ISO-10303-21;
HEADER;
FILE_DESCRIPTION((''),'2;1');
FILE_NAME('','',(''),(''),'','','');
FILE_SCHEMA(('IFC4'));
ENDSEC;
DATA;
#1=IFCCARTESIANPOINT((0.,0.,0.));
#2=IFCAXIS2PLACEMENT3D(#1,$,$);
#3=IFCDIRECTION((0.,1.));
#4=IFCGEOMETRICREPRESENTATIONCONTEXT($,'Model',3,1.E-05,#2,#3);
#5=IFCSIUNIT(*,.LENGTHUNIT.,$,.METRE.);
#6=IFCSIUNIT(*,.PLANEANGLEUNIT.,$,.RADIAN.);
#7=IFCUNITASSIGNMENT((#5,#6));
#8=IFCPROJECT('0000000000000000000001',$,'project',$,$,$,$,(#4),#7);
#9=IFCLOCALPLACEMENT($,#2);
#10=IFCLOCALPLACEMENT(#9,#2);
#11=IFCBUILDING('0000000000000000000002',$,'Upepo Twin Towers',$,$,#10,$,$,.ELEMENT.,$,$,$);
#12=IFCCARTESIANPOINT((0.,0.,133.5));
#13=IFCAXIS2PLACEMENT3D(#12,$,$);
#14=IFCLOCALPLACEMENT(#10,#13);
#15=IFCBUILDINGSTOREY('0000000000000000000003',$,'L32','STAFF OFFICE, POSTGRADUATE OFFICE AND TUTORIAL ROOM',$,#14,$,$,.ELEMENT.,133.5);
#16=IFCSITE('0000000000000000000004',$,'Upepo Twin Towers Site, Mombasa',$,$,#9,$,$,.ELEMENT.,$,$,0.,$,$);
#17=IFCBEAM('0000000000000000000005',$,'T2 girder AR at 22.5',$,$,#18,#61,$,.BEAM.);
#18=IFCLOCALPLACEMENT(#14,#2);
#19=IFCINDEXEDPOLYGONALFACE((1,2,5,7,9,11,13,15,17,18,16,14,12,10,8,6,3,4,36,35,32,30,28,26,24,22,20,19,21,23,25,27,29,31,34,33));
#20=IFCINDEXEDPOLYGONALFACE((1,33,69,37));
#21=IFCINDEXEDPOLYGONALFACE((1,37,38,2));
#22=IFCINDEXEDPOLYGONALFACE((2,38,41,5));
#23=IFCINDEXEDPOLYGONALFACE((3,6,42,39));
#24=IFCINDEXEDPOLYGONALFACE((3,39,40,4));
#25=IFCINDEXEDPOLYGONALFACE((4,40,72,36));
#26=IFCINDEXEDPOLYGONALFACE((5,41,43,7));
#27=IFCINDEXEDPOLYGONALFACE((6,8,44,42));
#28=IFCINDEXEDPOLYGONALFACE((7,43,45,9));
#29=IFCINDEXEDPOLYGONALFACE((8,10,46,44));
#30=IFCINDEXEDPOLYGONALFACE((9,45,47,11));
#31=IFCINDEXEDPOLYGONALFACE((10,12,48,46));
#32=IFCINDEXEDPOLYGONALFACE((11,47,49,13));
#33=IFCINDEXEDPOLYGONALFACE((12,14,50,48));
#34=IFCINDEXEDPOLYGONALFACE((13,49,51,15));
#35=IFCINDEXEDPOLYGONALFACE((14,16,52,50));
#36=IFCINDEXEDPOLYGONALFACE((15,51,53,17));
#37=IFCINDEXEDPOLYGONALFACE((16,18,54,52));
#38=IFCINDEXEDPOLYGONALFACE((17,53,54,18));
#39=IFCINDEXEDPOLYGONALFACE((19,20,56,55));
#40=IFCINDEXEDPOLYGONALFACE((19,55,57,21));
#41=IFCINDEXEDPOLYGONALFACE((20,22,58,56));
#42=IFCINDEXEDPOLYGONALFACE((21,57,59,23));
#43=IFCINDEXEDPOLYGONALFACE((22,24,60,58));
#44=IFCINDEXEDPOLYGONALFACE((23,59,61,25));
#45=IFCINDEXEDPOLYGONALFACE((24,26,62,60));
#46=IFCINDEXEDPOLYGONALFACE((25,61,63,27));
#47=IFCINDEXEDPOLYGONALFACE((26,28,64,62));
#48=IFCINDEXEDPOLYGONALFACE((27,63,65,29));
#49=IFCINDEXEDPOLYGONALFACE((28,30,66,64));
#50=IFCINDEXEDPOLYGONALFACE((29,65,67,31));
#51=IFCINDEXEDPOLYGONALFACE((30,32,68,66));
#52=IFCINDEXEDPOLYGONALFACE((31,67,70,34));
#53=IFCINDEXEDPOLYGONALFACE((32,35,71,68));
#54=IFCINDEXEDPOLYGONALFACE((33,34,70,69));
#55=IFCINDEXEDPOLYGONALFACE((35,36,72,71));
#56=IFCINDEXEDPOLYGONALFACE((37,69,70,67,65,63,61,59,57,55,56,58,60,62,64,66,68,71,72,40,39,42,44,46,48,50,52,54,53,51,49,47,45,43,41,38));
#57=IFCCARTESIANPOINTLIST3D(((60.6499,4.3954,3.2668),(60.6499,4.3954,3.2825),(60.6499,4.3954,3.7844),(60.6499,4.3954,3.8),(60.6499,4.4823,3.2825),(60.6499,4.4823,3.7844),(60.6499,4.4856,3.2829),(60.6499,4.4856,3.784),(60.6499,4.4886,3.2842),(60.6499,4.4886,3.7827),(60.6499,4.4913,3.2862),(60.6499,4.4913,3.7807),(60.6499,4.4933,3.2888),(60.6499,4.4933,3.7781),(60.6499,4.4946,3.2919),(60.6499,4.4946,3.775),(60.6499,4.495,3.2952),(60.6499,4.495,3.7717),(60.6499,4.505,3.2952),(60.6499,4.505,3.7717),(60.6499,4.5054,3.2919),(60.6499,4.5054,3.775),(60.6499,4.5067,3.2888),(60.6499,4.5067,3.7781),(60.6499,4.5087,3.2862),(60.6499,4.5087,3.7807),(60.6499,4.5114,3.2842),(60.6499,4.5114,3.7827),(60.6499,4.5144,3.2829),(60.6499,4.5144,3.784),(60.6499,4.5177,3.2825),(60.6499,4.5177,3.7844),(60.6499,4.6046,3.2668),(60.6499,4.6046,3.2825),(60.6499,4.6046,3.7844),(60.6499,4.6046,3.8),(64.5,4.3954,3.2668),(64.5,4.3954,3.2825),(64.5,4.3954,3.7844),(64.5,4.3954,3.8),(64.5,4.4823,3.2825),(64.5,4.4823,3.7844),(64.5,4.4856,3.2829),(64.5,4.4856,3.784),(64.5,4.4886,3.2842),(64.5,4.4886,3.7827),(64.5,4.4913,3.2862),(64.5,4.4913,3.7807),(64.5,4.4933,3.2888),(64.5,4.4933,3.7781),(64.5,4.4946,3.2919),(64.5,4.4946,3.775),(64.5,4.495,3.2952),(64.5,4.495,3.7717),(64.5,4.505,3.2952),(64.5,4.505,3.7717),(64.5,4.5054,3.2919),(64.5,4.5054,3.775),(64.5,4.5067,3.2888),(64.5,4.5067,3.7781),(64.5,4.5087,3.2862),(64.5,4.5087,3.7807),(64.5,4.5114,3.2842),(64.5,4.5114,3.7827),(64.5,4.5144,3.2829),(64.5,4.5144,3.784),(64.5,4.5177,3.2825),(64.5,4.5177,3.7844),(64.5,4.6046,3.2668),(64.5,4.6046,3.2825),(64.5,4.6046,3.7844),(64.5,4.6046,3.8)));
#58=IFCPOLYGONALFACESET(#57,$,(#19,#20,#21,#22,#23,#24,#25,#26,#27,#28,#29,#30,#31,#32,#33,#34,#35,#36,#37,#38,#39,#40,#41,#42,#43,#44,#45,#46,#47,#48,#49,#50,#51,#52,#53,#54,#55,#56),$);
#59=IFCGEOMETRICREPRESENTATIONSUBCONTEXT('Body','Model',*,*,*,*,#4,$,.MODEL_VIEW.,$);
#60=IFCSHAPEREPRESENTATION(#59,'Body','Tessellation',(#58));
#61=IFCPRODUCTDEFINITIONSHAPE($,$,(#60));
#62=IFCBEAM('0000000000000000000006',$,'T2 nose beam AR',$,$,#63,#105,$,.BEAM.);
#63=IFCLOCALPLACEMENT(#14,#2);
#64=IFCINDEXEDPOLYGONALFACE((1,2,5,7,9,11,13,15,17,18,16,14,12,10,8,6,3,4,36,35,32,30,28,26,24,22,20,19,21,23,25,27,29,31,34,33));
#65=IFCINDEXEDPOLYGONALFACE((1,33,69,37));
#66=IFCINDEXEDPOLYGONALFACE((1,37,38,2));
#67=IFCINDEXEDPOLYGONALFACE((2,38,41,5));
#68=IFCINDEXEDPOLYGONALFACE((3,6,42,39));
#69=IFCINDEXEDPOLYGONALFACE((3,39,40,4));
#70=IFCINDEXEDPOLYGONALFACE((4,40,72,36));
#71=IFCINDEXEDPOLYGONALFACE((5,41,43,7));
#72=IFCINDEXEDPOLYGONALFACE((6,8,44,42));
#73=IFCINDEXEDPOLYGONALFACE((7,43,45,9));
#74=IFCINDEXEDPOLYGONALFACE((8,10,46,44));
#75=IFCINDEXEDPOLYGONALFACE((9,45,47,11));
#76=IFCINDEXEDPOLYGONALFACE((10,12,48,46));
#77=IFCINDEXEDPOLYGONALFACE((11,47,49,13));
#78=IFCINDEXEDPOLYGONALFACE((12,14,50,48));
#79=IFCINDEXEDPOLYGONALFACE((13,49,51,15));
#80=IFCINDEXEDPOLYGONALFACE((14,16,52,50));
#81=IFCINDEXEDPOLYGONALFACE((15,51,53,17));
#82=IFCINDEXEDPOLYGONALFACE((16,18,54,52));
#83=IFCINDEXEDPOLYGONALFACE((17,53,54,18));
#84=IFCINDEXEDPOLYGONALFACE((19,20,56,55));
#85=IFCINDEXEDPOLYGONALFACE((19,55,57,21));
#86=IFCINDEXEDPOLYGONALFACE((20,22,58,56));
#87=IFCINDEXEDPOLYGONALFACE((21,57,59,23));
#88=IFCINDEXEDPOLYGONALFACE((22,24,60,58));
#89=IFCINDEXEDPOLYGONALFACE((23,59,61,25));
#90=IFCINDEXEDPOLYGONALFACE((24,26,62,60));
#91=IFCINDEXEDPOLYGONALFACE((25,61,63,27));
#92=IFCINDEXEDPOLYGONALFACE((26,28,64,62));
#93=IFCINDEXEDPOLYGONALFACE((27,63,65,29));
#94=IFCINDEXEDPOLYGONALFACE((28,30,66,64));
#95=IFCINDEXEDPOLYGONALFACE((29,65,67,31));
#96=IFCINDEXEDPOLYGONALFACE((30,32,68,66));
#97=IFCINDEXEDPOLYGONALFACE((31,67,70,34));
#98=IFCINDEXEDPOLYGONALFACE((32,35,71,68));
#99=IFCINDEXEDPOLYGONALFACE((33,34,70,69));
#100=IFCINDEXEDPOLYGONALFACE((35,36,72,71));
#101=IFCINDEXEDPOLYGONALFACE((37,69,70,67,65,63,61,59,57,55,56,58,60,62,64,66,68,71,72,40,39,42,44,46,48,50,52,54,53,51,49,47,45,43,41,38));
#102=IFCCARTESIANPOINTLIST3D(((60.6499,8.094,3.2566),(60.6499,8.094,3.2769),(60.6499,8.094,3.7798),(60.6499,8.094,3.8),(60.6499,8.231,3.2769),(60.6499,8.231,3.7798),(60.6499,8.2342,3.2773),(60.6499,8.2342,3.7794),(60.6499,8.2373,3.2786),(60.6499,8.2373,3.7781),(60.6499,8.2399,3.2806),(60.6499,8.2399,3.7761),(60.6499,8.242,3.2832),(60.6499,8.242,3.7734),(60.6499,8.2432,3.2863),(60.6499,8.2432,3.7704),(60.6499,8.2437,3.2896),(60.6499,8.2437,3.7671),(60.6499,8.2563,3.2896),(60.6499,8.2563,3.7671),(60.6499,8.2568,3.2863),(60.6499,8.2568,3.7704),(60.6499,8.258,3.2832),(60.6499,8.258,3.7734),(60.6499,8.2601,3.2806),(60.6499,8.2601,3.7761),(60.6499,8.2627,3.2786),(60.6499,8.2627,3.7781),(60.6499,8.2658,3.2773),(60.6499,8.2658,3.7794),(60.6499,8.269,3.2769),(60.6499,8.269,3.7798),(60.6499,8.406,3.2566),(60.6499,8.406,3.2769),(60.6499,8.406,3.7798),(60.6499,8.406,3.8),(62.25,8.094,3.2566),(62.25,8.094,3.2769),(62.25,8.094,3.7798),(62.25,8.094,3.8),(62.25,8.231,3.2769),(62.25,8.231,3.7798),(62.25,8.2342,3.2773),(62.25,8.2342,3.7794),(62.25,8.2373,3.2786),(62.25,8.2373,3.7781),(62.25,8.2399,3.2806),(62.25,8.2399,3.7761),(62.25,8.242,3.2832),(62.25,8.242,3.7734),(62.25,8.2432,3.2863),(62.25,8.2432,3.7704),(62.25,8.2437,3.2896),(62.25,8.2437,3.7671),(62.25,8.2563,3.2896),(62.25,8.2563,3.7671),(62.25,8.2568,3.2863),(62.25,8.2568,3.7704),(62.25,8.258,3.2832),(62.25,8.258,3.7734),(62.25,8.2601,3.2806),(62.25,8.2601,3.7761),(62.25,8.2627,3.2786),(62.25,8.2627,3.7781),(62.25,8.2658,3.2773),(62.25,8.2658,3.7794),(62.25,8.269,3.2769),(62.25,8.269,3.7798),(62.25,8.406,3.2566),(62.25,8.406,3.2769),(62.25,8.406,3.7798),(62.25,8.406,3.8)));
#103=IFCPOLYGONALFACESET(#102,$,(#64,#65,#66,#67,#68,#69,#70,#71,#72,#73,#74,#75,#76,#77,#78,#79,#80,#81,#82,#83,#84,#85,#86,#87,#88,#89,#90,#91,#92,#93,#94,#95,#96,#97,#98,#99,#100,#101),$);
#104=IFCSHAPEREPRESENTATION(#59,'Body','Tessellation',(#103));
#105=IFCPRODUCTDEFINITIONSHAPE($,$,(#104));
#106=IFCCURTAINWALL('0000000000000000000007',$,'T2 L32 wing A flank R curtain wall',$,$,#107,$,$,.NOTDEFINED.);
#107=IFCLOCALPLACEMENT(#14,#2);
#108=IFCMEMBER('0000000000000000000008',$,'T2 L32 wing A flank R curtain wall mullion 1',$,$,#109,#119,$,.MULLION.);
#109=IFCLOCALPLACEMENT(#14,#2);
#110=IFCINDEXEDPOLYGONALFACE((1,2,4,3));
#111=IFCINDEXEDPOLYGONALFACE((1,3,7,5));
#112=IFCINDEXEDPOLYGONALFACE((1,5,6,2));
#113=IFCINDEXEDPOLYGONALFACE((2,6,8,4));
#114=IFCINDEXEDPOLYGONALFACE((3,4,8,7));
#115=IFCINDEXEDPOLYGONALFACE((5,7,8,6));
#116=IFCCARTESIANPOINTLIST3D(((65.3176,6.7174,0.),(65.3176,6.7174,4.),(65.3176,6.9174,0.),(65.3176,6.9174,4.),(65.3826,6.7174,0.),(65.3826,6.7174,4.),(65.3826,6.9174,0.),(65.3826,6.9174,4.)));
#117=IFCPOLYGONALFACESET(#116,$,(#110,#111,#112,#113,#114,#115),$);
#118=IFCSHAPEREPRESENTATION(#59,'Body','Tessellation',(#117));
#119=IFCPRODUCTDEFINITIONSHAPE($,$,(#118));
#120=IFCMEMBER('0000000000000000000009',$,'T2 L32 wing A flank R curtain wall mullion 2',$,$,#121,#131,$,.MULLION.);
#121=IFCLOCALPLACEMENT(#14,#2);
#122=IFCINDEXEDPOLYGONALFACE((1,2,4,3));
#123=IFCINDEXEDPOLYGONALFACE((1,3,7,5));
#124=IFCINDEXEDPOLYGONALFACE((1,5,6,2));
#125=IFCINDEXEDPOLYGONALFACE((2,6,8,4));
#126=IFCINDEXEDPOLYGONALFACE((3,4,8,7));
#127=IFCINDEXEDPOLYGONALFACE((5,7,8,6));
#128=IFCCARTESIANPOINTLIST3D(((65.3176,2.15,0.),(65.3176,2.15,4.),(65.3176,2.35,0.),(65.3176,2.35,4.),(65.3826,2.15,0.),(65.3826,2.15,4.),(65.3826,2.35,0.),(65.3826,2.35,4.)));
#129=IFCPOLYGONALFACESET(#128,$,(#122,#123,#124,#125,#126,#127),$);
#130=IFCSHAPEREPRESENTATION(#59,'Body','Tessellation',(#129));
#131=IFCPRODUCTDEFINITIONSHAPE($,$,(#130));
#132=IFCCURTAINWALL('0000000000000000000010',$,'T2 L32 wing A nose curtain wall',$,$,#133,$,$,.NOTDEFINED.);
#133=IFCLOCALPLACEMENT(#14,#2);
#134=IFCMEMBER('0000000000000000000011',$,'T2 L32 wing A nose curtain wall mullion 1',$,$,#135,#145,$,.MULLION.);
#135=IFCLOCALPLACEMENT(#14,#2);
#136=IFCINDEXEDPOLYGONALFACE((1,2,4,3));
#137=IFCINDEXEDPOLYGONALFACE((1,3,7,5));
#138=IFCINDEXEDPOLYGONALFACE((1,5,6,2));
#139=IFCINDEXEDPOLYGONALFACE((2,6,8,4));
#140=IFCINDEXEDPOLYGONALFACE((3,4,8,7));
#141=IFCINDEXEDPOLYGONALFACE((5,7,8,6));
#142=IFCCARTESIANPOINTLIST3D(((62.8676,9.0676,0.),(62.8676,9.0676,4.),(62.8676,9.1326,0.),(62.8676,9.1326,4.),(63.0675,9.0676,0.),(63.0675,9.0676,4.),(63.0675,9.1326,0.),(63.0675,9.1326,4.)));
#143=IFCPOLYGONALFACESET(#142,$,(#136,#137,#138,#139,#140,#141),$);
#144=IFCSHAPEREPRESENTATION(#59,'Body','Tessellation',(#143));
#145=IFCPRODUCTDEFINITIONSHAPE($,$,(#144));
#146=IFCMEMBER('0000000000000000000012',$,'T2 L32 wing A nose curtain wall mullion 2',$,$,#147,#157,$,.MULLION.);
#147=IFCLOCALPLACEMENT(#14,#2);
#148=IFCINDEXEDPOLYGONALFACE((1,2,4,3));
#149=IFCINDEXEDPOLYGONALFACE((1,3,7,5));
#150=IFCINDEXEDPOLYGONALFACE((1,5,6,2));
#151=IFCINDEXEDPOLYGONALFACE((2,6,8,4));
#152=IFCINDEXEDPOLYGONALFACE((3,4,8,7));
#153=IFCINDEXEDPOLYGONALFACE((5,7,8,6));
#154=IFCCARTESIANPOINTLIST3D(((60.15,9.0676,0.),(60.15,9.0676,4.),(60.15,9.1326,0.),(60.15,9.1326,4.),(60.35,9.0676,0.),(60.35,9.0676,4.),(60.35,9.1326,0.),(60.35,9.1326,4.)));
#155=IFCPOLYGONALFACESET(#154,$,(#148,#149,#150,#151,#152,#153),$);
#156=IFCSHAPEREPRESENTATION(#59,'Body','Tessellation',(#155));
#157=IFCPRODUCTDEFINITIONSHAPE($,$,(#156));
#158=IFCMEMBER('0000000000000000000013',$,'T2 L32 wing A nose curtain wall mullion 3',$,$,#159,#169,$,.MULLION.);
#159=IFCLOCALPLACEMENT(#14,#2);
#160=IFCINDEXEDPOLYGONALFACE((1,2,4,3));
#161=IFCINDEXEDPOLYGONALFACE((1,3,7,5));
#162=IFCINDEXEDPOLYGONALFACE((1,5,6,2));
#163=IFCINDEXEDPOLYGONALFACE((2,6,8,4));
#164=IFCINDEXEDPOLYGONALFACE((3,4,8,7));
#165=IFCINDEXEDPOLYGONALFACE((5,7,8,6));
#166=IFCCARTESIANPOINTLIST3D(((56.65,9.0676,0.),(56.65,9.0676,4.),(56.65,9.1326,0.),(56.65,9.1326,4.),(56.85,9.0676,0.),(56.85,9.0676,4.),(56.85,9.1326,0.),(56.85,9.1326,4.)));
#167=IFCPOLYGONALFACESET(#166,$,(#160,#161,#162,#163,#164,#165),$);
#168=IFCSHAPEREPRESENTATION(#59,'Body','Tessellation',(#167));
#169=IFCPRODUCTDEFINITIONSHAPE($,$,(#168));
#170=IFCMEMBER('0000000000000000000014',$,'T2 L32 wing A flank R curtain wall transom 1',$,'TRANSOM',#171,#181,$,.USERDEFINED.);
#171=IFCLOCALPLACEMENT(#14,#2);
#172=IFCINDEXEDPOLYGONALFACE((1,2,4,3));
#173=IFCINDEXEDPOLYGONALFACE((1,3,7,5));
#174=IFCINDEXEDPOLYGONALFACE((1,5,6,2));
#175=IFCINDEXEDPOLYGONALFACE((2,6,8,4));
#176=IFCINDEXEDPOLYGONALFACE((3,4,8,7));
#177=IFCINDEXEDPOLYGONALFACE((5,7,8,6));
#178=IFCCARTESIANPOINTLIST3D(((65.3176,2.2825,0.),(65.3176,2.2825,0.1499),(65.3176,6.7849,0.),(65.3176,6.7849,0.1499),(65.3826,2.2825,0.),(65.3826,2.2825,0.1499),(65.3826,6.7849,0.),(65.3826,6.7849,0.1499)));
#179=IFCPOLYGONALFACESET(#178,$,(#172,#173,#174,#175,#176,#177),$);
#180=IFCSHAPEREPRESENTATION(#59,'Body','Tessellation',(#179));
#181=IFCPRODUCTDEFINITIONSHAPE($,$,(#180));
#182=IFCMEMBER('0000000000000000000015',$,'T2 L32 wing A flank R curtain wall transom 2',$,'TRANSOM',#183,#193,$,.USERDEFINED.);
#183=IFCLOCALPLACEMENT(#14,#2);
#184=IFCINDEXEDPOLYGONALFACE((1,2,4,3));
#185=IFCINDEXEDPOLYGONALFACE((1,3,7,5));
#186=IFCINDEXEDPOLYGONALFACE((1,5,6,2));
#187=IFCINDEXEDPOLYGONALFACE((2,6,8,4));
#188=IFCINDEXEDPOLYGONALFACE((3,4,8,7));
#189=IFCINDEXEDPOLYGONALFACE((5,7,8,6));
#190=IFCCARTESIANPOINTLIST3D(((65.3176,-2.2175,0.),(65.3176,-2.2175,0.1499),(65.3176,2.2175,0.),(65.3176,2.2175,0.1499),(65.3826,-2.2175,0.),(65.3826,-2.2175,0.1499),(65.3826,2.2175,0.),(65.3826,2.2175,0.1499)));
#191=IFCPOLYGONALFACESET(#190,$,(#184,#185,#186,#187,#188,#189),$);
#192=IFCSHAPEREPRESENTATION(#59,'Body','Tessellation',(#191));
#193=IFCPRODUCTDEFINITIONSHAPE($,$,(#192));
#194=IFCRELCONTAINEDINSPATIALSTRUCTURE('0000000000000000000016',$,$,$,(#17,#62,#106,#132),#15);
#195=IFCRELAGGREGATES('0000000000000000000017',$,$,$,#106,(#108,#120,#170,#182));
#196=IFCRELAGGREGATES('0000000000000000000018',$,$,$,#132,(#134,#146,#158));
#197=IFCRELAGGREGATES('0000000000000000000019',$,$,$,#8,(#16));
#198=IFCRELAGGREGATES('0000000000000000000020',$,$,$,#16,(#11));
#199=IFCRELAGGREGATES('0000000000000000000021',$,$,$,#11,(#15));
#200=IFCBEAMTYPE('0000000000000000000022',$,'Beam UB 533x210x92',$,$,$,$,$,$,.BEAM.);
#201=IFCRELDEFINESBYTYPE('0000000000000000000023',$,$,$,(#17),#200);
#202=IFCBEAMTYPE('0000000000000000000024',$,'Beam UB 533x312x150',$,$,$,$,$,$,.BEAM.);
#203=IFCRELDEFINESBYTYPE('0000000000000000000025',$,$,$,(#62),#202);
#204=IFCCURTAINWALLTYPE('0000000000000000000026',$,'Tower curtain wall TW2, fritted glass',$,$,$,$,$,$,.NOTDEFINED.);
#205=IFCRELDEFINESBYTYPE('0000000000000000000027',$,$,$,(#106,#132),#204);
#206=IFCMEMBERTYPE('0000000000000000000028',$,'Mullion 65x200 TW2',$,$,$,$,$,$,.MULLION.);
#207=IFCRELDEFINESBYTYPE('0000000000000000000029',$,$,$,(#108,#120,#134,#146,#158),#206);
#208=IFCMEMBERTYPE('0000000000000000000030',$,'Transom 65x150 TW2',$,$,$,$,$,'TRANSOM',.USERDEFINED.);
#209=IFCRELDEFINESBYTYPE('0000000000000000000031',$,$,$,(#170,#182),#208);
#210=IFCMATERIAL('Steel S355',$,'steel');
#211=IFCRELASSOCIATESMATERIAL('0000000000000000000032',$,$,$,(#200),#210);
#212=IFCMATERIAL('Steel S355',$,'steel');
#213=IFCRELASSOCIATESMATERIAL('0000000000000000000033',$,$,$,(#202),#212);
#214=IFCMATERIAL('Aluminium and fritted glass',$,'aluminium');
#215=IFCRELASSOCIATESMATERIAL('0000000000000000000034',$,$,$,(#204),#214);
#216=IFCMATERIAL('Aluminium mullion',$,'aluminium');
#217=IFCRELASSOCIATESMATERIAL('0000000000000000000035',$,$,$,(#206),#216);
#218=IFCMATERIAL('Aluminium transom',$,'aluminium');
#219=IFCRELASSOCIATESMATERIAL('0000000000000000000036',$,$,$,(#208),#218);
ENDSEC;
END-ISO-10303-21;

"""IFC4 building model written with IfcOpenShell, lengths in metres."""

from ifc_helpers import new_model, si_unit, direction, frame, origin, origin_2d, place, context, subcontext, project, spatial, rectangle, i_section, extrude, material, material_profile, profile_set, type_object, element, aggregate, save


model = new_model("IFC4")

# Units and contexts
model_context = context("Model", 3, precision=1e-05, world=origin(), true_north=direction((0.0, 1.0)))
body_context = subcontext(model_context, "Body", "Model", "MODEL_VIEW")
ifc_project = project(units=[si_unit("LENGTHUNIT", "METRE"), si_unit("PLANEANGLEUNIT", "RADIAN")], contexts=[model_context])

# Site, building, storey
site_placement = place(None, origin())
site = spatial("IfcSite", under=ifc_project, at=site_placement, Name="Upepo Twin Towers Site, Mombasa", CompositionType="ELEMENT", RefElevation=0.0)
building_placement = place(site_placement, origin())
building = spatial("IfcBuilding", under=site, at=building_placement, Name="Upepo Twin Towers", CompositionType="ELEMENT")
storey_placement = place(building_placement, frame((0.0, 0.0, 133.5)))
storey = spatial("IfcBuildingStorey", under=building, at=storey_placement, Name="L32", Description="STAFF OFFICE, POSTGRADUATE OFFICE AND TUTORIAL ROOM", CompositionType="ELEMENT", Elevation=133.5)

# Beams
ifc_material_1 = material(Name="Steel S355", Category="steel")
ifc_material_profile_1 = material_profile(ifc_material_1, i_section(OverallWidth=0.2092, OverallDepth=0.5332, WebThickness=0.01, FlangeThickness=0.0156, FilletRadius=0.0127, at=origin_2d()), Name="UB 533x210x92")
ifc_profile_set_1 = profile_set([ifc_material_profile_1], Name="Steel S355")
beam_type_1 = type_object("IfcBeamType", Name="Beam UB 533x210x92", PredefinedType="BEAM", material=ifc_profile_set_1)
for number, where, z_axis, x_axis, name in (
    (1, (64.5, 4.5, 3.5334), (-1.0, 0.0, 0.0), (0.0, -1.0, 0.0), "T2 girder AR at 22.5"),
):
    element("IfcBeam", number, at=place(storey_placement, frame(where, z_axis=z_axis, x_axis=x_axis)), inside=storey, type_object=beam_type_1, Name=name, PredefinedType="BEAM", context=body_context, shape_type="SweptSolid", body=[
        extrude(i_section(OverallWidth=0.2092, OverallDepth=0.5332, WebThickness=0.01, FlangeThickness=0.0156, FilletRadius=0.0127, at=origin_2d()), origin(), (0.0, 0.0, 1.0), 3.8501),
    ])
ifc_material_2 = material(Name="Steel S355", Category="steel")
ifc_material_profile_2 = material_profile(ifc_material_2, i_section(OverallWidth=0.312, OverallDepth=0.5435, WebThickness=0.0127, FlangeThickness=0.0203, FilletRadius=0.0127, at=origin_2d()), Name="UB 533x312x150")
ifc_profile_set_2 = profile_set([ifc_material_profile_2], Name="Steel S355")
beam_type_2 = type_object("IfcBeamType", Name="Beam UB 533x312x150", PredefinedType="BEAM", material=ifc_profile_set_2)
beam_1_placement = place(storey_placement, frame((62.25, 8.25, 3.5283), z_axis=(-1.0, 0.0, 0.0), x_axis=(0.0, -1.0, 0.0)))
element("IfcBeam", 2, at=beam_1_placement, inside=storey, type_object=beam_type_2, Name="T2 nose beam AR", PredefinedType="BEAM", context=body_context, shape_type="SweptSolid", body=[
    extrude(i_section(OverallWidth=0.312, OverallDepth=0.5435, WebThickness=0.0127, FlangeThickness=0.0203, FilletRadius=0.0127, at=origin_2d()), origin(), (0.0, 0.0, 1.0), 1.6001),
])

# Curtain walls, members
ifc_material_3 = material(Name="Aluminium and fritted glass", Category="aluminium")
curtain_wall_type = type_object("IfcCurtainWallType", Name="Tower curtain wall TW2, fritted glass", PredefinedType="NOTDEFINED", material=ifc_material_3)
curtain_wall_1_placement = place(storey_placement, origin())
curtain_wall_1 = element("IfcCurtainWall", 3, at=curtain_wall_1_placement, inside=storey, type_object=curtain_wall_type, Name="T2 L32 wing A flank R curtain wall", PredefinedType="NOTDEFINED")
ifc_material_4 = material(Name="Aluminium mullion", Category="aluminium")
ifc_material_profile_3 = material_profile(ifc_material_4, rectangle(XDim=0.0649, YDim=0.2, at=origin_2d()), Name="MULLION 65x200")
ifc_profile_set_3 = profile_set([ifc_material_profile_3], Name="Aluminium mullion")
member_type_1 = type_object("IfcMemberType", Name="Mullion 65x200 TW2", PredefinedType="MULLION", material=ifc_profile_set_3)
member_1_placement = place(storey_placement, frame((65.3501, 6.8174, 0.0), z_axis=(0.0, 0.0, 1.0), x_axis=(1.0, 0.0, 0.0)))
member_1 = element("IfcMember", 4, at=member_1_placement, type_object=member_type_1, Name="T2 L32 wing A flank R curtain wall mullion 1", PredefinedType="MULLION", context=body_context, shape_type="SweptSolid", body=[
    extrude(rectangle(XDim=0.0649, YDim=0.2, at=origin_2d()), origin(), (0.0, 0.0, 1.0), 4.0),
])
member_2_placement = place(storey_placement, frame((65.3501, 2.25, 0.0), z_axis=(0.0, 0.0, 1.0), x_axis=(1.0, 0.0, 0.0)))
member_2 = element("IfcMember", 5, at=member_2_placement, type_object=member_type_1, Name="T2 L32 wing A flank R curtain wall mullion 2", PredefinedType="MULLION", context=body_context, shape_type="SweptSolid", body=[
    extrude(rectangle(XDim=0.0649, YDim=0.2, at=origin_2d()), origin(), (0.0, 0.0, 1.0), 4.0),
])
curtain_wall_2_placement = place(storey_placement, origin())
curtain_wall_2 = element("IfcCurtainWall", 6, at=curtain_wall_2_placement, inside=storey, type_object=curtain_wall_type, Name="T2 L32 wing A nose curtain wall", PredefinedType="NOTDEFINED")
member_3_placement = place(storey_placement, frame((62.9675, 9.1001, 0.0), z_axis=(0.0, 0.0, 1.0), x_axis=(0.0, -1.0, 0.0)))
member_3 = element("IfcMember", 7, at=member_3_placement, type_object=member_type_1, Name="T2 L32 wing A nose curtain wall mullion 1", PredefinedType="MULLION", context=body_context, shape_type="SweptSolid", body=[
    extrude(rectangle(XDim=0.0649, YDim=0.2, at=origin_2d()), origin(), (0.0, 0.0, 1.0), 4.0),
])
member_4_placement = place(storey_placement, frame((60.25, 9.1001, 0.0), z_axis=(0.0, 0.0, 1.0), x_axis=(0.0, -1.0, 0.0)))
member_4 = element("IfcMember", 8, at=member_4_placement, type_object=member_type_1, Name="T2 L32 wing A nose curtain wall mullion 2", PredefinedType="MULLION", context=body_context, shape_type="SweptSolid", body=[
    extrude(rectangle(XDim=0.0649, YDim=0.2, at=origin_2d()), origin(), (0.0, 0.0, 1.0), 4.0),
])
member_5_placement = place(storey_placement, frame((56.75, 9.1001, 0.0), z_axis=(0.0, 0.0, 1.0), x_axis=(0.0, -1.0, 0.0)))
member_5 = element("IfcMember", 9, at=member_5_placement, type_object=member_type_1, Name="T2 L32 wing A nose curtain wall mullion 3", PredefinedType="MULLION", context=body_context, shape_type="SweptSolid", body=[
    extrude(rectangle(XDim=0.0649, YDim=0.2, at=origin_2d()), origin(), (0.0, 0.0, 1.0), 4.0),
])

# Members
ifc_material_5 = material(Name="Aluminium transom", Category="aluminium")
ifc_material_profile_4 = material_profile(ifc_material_5, rectangle(XDim=0.0649, YDim=0.1499, at=origin_2d()), Name="TRANSOM 65x150")
ifc_profile_set_4 = profile_set([ifc_material_profile_4], Name="Aluminium transom")
member_type_2 = type_object("IfcMemberType", Name="Transom 65x150 TW2", ElementType="TRANSOM", PredefinedType="USERDEFINED", material=ifc_profile_set_4)
member_6_placement = place(storey_placement, frame((65.3501, 6.7849, 0.075), z_axis=(0.0, -1.0, 0.0), x_axis=(1.0, 0.0, 0.0)))
member_6 = element("IfcMember", 10, at=member_6_placement, type_object=member_type_2, Name="T2 L32 wing A flank R curtain wall transom 1", ObjectType="TRANSOM", PredefinedType="USERDEFINED", context=body_context, shape_type="SweptSolid", body=[
    extrude(rectangle(XDim=0.0649, YDim=0.1499, at=origin_2d()), origin(), (0.0, 0.0, 1.0), 4.5024),
])
member_7_placement = place(storey_placement, frame((65.3501, 2.2175, 0.075), z_axis=(0.0, -1.0, 0.0), x_axis=(1.0, 0.0, 0.0)))
member_7 = element("IfcMember", 11, at=member_7_placement, type_object=member_type_2, Name="T2 L32 wing A flank R curtain wall transom 2", ObjectType="TRANSOM", PredefinedType="USERDEFINED", context=body_context, shape_type="SweptSolid", body=[
    extrude(rectangle(XDim=0.0649, YDim=0.1499, at=origin_2d()), origin(), (0.0, 0.0, 1.0), 4.4351),
])

aggregate(curtain_wall_1, [member_1, member_2, member_6, member_7])
aggregate(curtain_wall_2, [member_3, member_4, member_5])

save(model, "model.ifc")
